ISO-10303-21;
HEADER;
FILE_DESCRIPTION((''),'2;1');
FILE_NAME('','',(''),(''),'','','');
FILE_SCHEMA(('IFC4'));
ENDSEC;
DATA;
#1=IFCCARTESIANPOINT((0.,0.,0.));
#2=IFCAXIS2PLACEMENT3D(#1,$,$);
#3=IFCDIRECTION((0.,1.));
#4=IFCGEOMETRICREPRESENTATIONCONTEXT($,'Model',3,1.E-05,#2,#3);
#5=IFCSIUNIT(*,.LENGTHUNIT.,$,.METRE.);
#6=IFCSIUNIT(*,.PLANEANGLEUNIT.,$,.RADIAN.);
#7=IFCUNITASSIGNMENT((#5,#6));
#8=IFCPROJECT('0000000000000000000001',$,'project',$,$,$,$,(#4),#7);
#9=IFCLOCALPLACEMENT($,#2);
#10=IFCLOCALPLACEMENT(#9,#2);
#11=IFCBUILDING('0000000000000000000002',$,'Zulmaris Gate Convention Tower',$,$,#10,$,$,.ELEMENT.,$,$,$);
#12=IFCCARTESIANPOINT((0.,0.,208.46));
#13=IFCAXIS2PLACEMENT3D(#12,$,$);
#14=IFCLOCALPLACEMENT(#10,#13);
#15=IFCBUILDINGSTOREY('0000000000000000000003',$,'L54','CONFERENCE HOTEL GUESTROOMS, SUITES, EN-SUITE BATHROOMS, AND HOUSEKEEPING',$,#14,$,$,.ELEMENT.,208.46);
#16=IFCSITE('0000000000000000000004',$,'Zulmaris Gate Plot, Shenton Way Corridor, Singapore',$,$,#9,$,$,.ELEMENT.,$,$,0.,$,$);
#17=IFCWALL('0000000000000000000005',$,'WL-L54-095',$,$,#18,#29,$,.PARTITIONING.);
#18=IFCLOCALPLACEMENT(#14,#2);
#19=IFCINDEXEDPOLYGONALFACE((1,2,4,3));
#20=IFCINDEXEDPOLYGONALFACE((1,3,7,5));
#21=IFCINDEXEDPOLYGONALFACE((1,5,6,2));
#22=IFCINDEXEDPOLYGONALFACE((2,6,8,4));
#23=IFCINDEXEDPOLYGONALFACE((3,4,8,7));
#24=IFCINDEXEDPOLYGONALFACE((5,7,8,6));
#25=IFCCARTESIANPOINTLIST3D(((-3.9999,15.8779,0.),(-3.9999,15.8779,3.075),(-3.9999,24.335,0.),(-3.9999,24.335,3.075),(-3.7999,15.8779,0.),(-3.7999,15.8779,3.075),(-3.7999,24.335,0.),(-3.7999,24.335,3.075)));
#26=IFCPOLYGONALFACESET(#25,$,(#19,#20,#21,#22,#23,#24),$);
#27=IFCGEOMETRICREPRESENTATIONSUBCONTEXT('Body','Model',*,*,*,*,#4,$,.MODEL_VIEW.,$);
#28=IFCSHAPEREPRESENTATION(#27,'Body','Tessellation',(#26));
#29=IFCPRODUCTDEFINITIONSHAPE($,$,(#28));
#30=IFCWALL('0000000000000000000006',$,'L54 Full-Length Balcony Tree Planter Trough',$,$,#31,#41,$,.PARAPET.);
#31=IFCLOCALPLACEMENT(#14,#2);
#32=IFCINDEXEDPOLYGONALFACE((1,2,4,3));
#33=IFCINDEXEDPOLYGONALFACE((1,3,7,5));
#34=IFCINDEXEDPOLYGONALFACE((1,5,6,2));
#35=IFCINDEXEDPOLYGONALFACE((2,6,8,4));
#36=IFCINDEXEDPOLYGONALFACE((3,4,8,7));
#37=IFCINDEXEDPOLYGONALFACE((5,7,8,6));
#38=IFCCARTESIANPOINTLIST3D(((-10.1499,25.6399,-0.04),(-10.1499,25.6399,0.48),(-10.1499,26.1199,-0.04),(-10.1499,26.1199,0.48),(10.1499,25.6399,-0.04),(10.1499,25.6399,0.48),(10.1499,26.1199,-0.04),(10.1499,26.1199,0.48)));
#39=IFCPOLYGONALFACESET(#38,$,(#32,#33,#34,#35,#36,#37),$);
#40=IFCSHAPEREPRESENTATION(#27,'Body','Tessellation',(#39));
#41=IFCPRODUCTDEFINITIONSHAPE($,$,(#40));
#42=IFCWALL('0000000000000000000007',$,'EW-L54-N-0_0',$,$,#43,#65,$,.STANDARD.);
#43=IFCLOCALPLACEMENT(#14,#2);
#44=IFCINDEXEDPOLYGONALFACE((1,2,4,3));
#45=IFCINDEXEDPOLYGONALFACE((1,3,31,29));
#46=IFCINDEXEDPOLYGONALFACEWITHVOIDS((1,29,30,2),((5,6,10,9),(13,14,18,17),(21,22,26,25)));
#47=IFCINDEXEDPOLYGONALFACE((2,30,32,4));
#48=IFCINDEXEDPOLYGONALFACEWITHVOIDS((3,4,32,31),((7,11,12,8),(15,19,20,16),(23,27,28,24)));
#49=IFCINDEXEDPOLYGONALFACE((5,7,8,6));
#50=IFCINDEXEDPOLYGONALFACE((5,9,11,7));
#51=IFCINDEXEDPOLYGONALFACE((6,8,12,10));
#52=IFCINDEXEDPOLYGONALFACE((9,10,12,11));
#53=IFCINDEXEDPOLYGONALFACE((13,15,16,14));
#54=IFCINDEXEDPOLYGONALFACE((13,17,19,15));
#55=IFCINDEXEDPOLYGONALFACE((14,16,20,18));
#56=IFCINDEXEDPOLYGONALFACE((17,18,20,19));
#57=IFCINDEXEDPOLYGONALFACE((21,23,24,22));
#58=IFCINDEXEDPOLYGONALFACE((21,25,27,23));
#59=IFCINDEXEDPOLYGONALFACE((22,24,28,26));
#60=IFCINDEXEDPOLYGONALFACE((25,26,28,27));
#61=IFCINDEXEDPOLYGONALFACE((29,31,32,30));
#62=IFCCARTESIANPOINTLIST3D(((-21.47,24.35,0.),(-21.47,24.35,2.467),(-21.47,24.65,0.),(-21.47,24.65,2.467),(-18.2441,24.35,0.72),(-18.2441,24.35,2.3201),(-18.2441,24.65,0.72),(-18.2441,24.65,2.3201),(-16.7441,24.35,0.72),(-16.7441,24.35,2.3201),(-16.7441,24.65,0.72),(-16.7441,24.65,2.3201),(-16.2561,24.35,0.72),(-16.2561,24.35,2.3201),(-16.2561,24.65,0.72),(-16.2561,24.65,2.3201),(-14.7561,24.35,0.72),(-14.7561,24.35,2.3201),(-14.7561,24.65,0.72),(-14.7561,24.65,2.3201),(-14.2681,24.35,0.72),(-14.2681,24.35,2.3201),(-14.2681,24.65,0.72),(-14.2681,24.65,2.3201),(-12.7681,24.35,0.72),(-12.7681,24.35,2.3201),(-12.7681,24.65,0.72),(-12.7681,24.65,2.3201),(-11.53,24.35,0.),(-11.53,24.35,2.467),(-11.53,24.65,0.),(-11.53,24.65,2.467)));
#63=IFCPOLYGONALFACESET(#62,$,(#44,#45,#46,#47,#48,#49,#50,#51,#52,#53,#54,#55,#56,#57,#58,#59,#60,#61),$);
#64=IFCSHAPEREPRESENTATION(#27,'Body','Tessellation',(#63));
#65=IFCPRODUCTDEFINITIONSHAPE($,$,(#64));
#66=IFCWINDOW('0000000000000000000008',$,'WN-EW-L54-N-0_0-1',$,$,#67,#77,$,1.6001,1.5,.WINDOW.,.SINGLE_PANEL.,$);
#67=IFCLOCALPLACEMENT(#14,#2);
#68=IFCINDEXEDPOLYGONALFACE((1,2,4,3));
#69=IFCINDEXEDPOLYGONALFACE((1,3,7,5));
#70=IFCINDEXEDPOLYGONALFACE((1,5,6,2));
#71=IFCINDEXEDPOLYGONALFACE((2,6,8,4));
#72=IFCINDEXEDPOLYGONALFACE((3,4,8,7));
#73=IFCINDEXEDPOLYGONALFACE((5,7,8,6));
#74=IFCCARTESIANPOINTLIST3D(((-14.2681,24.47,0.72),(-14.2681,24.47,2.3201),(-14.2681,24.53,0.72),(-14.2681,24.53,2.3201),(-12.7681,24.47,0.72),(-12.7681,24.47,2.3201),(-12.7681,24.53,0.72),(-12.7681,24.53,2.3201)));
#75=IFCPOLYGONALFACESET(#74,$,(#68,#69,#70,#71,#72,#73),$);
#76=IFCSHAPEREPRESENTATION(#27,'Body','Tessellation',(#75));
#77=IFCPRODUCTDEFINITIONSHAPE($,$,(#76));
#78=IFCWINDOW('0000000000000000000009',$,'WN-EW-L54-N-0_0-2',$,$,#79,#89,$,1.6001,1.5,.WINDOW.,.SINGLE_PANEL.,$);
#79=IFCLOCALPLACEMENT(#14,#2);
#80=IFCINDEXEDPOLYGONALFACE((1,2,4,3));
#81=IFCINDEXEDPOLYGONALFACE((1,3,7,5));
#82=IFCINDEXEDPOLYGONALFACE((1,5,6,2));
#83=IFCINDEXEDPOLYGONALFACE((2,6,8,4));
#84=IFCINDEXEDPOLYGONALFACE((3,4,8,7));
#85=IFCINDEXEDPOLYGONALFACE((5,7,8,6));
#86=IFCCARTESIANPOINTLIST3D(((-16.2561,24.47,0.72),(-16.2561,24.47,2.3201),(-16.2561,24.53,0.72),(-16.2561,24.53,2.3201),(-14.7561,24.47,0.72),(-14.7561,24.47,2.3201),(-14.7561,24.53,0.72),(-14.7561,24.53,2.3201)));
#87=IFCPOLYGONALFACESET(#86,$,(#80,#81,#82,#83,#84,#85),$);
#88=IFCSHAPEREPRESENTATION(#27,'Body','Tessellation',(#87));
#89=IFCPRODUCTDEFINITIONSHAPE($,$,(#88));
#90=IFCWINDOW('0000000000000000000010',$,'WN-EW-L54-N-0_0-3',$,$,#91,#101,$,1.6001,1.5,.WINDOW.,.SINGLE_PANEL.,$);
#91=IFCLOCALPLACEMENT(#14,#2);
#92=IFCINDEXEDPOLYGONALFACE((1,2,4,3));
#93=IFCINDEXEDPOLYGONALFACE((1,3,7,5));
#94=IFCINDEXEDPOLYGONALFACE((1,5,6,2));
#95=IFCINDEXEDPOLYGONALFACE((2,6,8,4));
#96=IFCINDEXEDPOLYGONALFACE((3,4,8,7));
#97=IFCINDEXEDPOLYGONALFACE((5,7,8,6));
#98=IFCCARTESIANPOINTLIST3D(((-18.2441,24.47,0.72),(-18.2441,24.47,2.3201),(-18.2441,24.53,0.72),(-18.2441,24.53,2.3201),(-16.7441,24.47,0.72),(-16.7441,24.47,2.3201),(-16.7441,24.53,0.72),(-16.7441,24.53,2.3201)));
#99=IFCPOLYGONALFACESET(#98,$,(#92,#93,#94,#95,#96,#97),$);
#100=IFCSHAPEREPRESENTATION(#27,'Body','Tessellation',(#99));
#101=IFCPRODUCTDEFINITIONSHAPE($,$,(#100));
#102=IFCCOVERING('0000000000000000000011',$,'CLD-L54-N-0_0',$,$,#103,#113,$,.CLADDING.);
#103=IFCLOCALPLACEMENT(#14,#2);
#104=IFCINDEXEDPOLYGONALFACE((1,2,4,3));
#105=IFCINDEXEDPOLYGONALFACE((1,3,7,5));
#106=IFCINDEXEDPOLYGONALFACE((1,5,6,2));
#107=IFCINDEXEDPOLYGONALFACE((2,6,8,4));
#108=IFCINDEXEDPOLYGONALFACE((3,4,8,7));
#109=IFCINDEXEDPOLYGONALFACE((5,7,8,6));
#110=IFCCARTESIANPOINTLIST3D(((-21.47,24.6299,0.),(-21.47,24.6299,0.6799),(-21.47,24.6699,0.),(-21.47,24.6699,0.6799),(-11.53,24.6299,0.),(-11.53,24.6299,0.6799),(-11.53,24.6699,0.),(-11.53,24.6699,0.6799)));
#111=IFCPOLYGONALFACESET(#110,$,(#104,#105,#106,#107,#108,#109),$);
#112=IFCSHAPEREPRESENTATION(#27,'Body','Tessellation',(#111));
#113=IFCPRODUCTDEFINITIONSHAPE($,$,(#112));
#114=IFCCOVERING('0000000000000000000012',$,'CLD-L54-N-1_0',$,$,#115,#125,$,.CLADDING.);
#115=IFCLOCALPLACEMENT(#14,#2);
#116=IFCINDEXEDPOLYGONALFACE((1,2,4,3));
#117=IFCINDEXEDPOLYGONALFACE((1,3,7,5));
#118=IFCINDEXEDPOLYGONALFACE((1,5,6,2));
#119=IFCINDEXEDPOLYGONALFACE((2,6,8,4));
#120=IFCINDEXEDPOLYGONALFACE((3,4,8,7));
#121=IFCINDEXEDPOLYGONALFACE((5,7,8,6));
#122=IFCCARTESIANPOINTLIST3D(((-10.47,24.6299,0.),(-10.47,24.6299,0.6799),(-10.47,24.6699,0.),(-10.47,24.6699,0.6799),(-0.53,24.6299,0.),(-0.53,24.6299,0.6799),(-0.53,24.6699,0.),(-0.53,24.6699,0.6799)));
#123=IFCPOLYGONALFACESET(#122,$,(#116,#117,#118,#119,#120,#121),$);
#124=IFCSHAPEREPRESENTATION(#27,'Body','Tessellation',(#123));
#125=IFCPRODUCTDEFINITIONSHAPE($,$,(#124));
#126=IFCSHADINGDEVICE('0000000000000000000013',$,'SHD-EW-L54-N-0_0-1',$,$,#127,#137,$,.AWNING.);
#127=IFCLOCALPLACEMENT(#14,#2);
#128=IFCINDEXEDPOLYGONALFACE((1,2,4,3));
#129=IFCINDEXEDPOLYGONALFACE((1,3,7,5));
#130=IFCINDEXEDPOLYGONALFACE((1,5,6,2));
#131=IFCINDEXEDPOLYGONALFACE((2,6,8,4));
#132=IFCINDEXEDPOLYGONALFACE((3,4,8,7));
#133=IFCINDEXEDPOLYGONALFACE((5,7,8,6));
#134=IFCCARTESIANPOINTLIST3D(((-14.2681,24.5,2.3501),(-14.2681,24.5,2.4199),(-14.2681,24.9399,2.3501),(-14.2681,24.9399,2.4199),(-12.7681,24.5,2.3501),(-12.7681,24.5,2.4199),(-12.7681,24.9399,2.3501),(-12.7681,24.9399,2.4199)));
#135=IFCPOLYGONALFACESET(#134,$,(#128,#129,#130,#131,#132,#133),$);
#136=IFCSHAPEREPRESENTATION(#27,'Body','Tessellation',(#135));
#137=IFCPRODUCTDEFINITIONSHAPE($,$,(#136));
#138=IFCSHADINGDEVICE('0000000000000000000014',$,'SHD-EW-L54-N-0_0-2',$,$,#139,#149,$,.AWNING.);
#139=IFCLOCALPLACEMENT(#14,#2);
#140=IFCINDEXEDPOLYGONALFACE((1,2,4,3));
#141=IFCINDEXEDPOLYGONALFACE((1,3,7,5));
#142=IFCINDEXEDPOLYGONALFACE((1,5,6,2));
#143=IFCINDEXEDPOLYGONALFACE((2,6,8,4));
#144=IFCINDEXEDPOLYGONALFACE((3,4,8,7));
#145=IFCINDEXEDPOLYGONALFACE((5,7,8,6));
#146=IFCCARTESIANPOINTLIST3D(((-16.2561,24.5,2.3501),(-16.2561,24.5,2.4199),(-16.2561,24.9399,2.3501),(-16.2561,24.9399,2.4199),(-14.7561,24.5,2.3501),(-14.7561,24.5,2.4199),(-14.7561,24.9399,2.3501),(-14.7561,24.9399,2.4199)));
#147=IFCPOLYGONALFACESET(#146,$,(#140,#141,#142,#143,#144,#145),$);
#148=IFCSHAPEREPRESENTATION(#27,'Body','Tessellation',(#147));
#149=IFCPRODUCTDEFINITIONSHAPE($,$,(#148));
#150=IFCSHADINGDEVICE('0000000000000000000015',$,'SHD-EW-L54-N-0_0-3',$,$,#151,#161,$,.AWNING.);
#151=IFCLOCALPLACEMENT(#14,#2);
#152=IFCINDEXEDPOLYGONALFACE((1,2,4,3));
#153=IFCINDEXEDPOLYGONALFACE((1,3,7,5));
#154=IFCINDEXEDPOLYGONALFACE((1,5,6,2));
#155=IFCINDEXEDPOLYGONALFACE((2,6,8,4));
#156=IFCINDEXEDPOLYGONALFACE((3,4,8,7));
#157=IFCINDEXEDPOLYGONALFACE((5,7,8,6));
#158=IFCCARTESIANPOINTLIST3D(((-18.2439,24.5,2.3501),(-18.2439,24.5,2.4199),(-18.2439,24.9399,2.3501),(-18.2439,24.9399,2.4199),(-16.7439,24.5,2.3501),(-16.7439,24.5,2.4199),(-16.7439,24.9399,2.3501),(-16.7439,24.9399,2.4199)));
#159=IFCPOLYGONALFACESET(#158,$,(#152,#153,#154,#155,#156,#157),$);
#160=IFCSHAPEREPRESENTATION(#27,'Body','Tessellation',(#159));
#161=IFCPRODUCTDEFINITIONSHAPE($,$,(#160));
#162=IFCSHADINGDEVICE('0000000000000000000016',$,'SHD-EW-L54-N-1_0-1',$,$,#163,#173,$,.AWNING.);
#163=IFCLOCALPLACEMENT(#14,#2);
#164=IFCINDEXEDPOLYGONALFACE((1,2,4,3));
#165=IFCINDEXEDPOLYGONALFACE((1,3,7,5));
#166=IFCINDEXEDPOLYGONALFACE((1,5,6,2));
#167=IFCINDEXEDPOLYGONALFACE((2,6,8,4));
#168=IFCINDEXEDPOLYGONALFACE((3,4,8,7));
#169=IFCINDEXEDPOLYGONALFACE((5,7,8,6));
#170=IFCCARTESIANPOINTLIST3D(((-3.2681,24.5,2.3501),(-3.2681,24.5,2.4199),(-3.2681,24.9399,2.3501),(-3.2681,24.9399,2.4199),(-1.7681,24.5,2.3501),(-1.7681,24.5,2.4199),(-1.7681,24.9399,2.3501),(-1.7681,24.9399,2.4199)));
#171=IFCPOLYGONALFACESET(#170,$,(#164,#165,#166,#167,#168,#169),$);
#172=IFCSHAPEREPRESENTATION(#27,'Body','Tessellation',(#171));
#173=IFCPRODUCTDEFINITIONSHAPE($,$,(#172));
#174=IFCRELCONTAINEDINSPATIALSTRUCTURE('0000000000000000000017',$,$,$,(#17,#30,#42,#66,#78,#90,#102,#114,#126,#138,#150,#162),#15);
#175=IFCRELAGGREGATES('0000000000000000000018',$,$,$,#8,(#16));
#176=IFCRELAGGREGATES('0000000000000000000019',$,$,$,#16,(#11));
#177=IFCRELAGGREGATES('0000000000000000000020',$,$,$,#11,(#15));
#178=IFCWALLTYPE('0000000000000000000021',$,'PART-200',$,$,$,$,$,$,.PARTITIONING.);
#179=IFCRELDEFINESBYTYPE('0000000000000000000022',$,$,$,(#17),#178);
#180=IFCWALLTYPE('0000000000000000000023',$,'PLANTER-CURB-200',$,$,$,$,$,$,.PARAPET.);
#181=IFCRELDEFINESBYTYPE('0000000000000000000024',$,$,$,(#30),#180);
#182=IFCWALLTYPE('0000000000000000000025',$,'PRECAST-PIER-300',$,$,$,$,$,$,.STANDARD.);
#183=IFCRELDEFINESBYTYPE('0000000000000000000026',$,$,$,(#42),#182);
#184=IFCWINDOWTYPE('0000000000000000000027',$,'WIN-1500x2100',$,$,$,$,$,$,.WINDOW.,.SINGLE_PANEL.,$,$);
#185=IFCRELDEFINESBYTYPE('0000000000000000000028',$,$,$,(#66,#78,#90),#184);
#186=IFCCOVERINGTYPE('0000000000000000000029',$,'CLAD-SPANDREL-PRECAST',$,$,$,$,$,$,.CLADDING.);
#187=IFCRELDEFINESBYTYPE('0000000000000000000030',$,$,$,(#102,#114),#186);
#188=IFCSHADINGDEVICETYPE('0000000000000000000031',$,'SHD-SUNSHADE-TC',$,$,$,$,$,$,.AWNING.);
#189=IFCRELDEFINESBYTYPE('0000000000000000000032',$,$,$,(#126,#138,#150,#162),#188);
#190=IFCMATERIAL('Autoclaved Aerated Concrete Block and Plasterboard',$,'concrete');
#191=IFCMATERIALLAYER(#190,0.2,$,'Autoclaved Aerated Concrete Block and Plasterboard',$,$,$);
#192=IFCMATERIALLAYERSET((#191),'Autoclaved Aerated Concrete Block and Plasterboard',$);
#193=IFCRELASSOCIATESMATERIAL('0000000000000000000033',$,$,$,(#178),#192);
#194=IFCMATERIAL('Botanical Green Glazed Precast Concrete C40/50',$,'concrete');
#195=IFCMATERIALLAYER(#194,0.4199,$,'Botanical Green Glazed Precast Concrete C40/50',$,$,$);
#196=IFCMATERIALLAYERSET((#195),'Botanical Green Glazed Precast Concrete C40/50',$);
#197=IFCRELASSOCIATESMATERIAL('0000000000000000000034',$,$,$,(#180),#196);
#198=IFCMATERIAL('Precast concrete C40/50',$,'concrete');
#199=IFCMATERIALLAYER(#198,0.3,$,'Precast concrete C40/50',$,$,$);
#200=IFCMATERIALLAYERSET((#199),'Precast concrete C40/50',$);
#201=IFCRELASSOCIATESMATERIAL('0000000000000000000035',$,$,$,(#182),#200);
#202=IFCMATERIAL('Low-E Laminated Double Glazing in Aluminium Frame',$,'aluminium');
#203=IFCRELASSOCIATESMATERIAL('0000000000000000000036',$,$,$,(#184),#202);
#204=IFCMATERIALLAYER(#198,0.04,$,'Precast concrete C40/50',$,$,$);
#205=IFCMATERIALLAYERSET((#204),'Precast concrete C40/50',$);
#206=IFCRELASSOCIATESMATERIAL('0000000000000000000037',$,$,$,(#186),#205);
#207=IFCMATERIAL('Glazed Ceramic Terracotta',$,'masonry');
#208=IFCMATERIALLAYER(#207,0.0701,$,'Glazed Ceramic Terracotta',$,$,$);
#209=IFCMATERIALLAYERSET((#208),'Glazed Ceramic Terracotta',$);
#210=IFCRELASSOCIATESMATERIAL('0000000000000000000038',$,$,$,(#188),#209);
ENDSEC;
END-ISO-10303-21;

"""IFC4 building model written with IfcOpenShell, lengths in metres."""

from ifc_helpers import new_model, si_unit, direction, frame, frame_2d, origin, place, context, subcontext, project, spatial, rectangle, extrude, material, layer, layer_set, type_object, element, fill, save


model = new_model("IFC4")

# Units and contexts
model_context = context("Model", 3, precision=1e-05, world=origin(), true_north=direction((0.0, 1.0)))
body_context = subcontext(model_context, "Body", "Model", "MODEL_VIEW")
ifc_project = project(units=[si_unit("LENGTHUNIT", "METRE"), si_unit("PLANEANGLEUNIT", "RADIAN")], contexts=[model_context])

# Site, building, storey
site_placement = place(None, origin())
site = spatial("IfcSite", under=ifc_project, at=site_placement, Name="Zulmaris Gate Plot, Shenton Way Corridor, Singapore", CompositionType="ELEMENT", RefElevation=0.0)
building_placement = place(site_placement, origin())
building = spatial("IfcBuilding", under=site, at=building_placement, Name="Zulmaris Gate Convention Tower", CompositionType="ELEMENT")
storey_placement = place(building_placement, frame((0.0, 0.0, 208.46)))
storey = spatial("IfcBuildingStorey", under=building, at=storey_placement, Name="L54", Description="CONFERENCE HOTEL GUESTROOMS, SUITES, EN-SUITE BATHROOMS, AND HOUSEKEEPING", CompositionType="ELEMENT", Elevation=208.46)

# Walls
ifc_material_1 = material(Name="Autoclaved Aerated Concrete Block and Plasterboard", Category="concrete")
ifc_layer_1 = layer(ifc_material_1, 0.2, Name="Autoclaved Aerated Concrete Block and Plasterboard")
ifc_layer_set_1 = layer_set([ifc_layer_1], Name="Autoclaved Aerated Concrete Block and Plasterboard")
wall_type_1 = type_object("IfcWallType", Name="PART-200", PredefinedType="PARTITIONING", material=ifc_layer_set_1)
wall_1_placement = place(storey_placement, frame((-3.8999, 15.8779, 0.0), z_axis=(0.0, 0.0, 1.0), x_axis=(0.0, 1.0, 0.0)))
element("IfcWall", 1, at=wall_1_placement, inside=storey, type_object=wall_type_1, Name="WL-L54-095", PredefinedType="PARTITIONING", context=body_context, shape_type="SweptSolid", body=[
    extrude(rectangle(XDim=8.457, YDim=0.2, at=frame_2d((4.2285, 0.0))), origin(), (0.0, 0.0, 1.0), 3.075),
])
ifc_material_2 = material(Name="Botanical Green Glazed Precast Concrete C40/50", Category="concrete")
ifc_layer_2 = layer(ifc_material_2, 0.4199, Name="Botanical Green Glazed Precast Concrete C40/50")
ifc_layer_set_2 = layer_set([ifc_layer_2], Name="Botanical Green Glazed Precast Concrete C40/50")
wall_type_2 = type_object("IfcWallType", Name="PLANTER-CURB-200", PredefinedType="PARAPET", material=ifc_layer_set_2)
wall_2_placement = place(storey_placement, frame((-10.1499, 25.8799, -0.04), z_axis=(0.0, 0.0, 1.0), x_axis=(1.0, 0.0, 0.0)))
element("IfcWall", 2, at=wall_2_placement, inside=storey, type_object=wall_type_2, Name="L54 Full-Length Balcony Tree Planter Trough", PredefinedType="PARAPET", context=body_context, shape_type="SweptSolid", body=[
    extrude(rectangle(XDim=20.2998, YDim=0.48, at=frame_2d((10.1499, 0.0))), origin(), (0.0, 0.0, 1.0), 0.52),
])

# Wall, openings, windows
ifc_material_3 = material(Name="Precast concrete C40/50", Category="concrete")
ifc_layer_3 = layer(ifc_material_3, 0.3, Name="Precast concrete C40/50")
ifc_layer_set_3 = layer_set([ifc_layer_3], Name="Precast concrete C40/50")
wall_type_3 = type_object("IfcWallType", Name="PRECAST-PIER-300", PredefinedType="STANDARD", material=ifc_layer_set_3)
wall_3_placement = place(storey_placement, frame((-11.53, 24.5, 0.0), z_axis=(0.0, 0.0, 1.0), x_axis=(-1.0, 0.0, 0.0)))
wall_3 = element("IfcWall", 3, at=wall_3_placement, inside=storey, type_object=wall_type_3, Name="EW-L54-N-0_0", PredefinedType="STANDARD", context=body_context, shape_type="SweptSolid", body=[
    extrude(rectangle(XDim=9.9399, YDim=0.3, at=frame_2d((4.97, 0.0))), origin(), (0.0, 0.0, 1.0), 2.467),
])
opening_1_placement = place(wall_3_placement, frame((1.238, 0.0, 0.72)))
opening_1 = element("IfcOpeningElement", 4, at=opening_1_placement, cuts=wall_3, PredefinedType="OPENING", context=body_context, shape_type="SweptSolid", body=[
    extrude(rectangle(XDim=1.5, YDim=1.6001, at=frame_2d((0.75, 0.8))), frame((0.0, 0.1602, 0.0), z_axis=(0.0, -1.0, 0.0), x_axis=(1.0, 0.0, 0.0)), (0.0, 0.0, 1.0), 0.3201),
])
opening_2_placement = place(wall_3_placement, frame((3.2261, 0.0, 0.72)))
opening_2 = element("IfcOpeningElement", 5, at=opening_2_placement, cuts=wall_3, PredefinedType="OPENING", context=body_context, shape_type="SweptSolid", body=[
    extrude(rectangle(XDim=1.5, YDim=1.6001, at=frame_2d((0.75, 0.8))), frame((0.0, 0.1602, 0.0), z_axis=(0.0, -1.0, 0.0), x_axis=(1.0, 0.0, 0.0)), (0.0, 0.0, 1.0), 0.3201),
])
opening_3_placement = place(wall_3_placement, frame((5.2141, 0.0, 0.72)))
opening_3 = element("IfcOpeningElement", 6, at=opening_3_placement, cuts=wall_3, PredefinedType="OPENING", context=body_context, shape_type="SweptSolid", body=[
    extrude(rectangle(XDim=1.5, YDim=1.6001, at=frame_2d((0.75, 0.8))), frame((0.0, 0.1602, 0.0), z_axis=(0.0, -1.0, 0.0), x_axis=(1.0, 0.0, 0.0)), (0.0, 0.0, 1.0), 0.3201),
])
ifc_material_4 = material(Name="Low-E Laminated Double Glazing in Aluminium Frame", Category="aluminium")
window_type = type_object("IfcWindowType", Name="WIN-1500x2100", PartitioningType="SINGLE_PANEL", PredefinedType="WINDOW", material=ifc_material_4)
window_1_placement = place(opening_1_placement, origin())
window_1 = element("IfcWindow", 7, at=window_1_placement, inside=storey, type_object=window_type, Name="WN-EW-L54-N-0_0-1", OverallHeight=1.6001, OverallWidth=1.5, PartitioningType="SINGLE_PANEL", PredefinedType="WINDOW", context=body_context, shape_type="SweptSolid", body=[
    extrude(rectangle(XDim=1.5, YDim=1.6001, at=frame_2d((0.75, 0.8))), frame((0.0, 0.03, 0.0), z_axis=(0.0, -1.0, 0.0), x_axis=(1.0, 0.0, 0.0)), (0.0, 0.0, 1.0), 0.0601),
])
fill(opening_1, window_1)
window_2_placement = place(opening_2_placement, origin())
window_2 = element("IfcWindow", 8, at=window_2_placement, inside=storey, type_object=window_type, Name="WN-EW-L54-N-0_0-2", OverallHeight=1.6001, OverallWidth=1.5, PartitioningType="SINGLE_PANEL", PredefinedType="WINDOW", context=body_context, shape_type="SweptSolid", body=[
    extrude(rectangle(XDim=1.5, YDim=1.6001, at=frame_2d((0.75, 0.8))), frame((0.0, 0.03, 0.0), z_axis=(0.0, -1.0, 0.0), x_axis=(1.0, 0.0, 0.0)), (0.0, 0.0, 1.0), 0.0601),
])
fill(opening_2, window_2)
window_3_placement = place(opening_3_placement, origin())
window_3 = element("IfcWindow", 9, at=window_3_placement, inside=storey, type_object=window_type, Name="WN-EW-L54-N-0_0-3", OverallHeight=1.6001, OverallWidth=1.5, PartitioningType="SINGLE_PANEL", PredefinedType="WINDOW", context=body_context, shape_type="SweptSolid", body=[
    extrude(rectangle(XDim=1.5, YDim=1.6001, at=frame_2d((0.75, 0.8))), frame((0.0, 0.03, 0.0), z_axis=(0.0, -1.0, 0.0), x_axis=(1.0, 0.0, 0.0)), (0.0, 0.0, 1.0), 0.0601),
])
fill(opening_3, window_3)

# Coverings
ifc_layer_4 = layer(ifc_material_3, 0.04, Name="Precast concrete C40/50")
ifc_layer_set_4 = layer_set([ifc_layer_4], Name="Precast concrete C40/50")
covering_type = type_object("IfcCoveringType", Name="CLAD-SPANDREL-PRECAST", PredefinedType="CLADDING", material=ifc_layer_set_4)
for number, where, z_axis, x_axis, name in (
    (10, (-11.53, 24.6499, 0.0), (0.0, 0.0, 1.0), (-1.0, 0.0, 0.0), "CLD-L54-N-0_0"),
    (11, (-0.53, 24.6499, 0.0), (0.0, 0.0, 1.0), (-1.0, 0.0, 0.0), "CLD-L54-N-1_0"),
):
    element("IfcCovering", number, at=place(storey_placement, frame(where, z_axis=z_axis, x_axis=x_axis)), inside=storey, type_object=covering_type, Name=name, PredefinedType="CLADDING", context=body_context, shape_type="SweptSolid", body=[
        extrude(rectangle(XDim=9.9399, YDim=0.04, at=frame_2d((4.97, 0.0))), origin(), (0.0, 0.0, 1.0), 0.6799),
    ])

# Shading devices
ifc_material_5 = material(Name="Glazed Ceramic Terracotta", Category="masonry")
ifc_layer_5 = layer(ifc_material_5, 0.0701, Name="Glazed Ceramic Terracotta")
ifc_layer_set_5 = layer_set([ifc_layer_5], Name="Glazed Ceramic Terracotta")
shading_device_type = type_object("IfcShadingDeviceType", Name="SHD-SUNSHADE-TC", PredefinedType="AWNING", material=ifc_layer_set_5)
for number, where, z_axis, x_axis, name in (
    (12, (-12.7681, 24.72, 2.3501), (0.0, 0.0, 1.0), (-1.0, 0.0, 0.0), "SHD-EW-L54-N-0_0-1"),
    (13, (-14.7561, 24.72, 2.3501), (0.0, 0.0, 1.0), (-1.0, 0.0, 0.0), "SHD-EW-L54-N-0_0-2"),
    (14, (-16.7439, 24.72, 2.3501), (0.0, 0.0, 1.0), (-1.0, 0.0, 0.0), "SHD-EW-L54-N-0_0-3"),
    (15, (-1.7681, 24.72, 2.3501), (0.0, 0.0, 1.0), (-1.0, 0.0, 0.0), "SHD-EW-L54-N-1_0-1"),
):
    element("IfcShadingDevice", number, at=place(storey_placement, frame(where, z_axis=z_axis, x_axis=x_axis)), inside=storey, type_object=shading_device_type, Name=name, PredefinedType="AWNING", context=body_context, shape_type="SweptSolid", body=[
        extrude(rectangle(XDim=1.5, YDim=0.4399, at=frame_2d((0.75, 0.0))), origin(), (0.0, 0.0, 1.0), 0.0698),
    ])

save(model, "model.ifc")
